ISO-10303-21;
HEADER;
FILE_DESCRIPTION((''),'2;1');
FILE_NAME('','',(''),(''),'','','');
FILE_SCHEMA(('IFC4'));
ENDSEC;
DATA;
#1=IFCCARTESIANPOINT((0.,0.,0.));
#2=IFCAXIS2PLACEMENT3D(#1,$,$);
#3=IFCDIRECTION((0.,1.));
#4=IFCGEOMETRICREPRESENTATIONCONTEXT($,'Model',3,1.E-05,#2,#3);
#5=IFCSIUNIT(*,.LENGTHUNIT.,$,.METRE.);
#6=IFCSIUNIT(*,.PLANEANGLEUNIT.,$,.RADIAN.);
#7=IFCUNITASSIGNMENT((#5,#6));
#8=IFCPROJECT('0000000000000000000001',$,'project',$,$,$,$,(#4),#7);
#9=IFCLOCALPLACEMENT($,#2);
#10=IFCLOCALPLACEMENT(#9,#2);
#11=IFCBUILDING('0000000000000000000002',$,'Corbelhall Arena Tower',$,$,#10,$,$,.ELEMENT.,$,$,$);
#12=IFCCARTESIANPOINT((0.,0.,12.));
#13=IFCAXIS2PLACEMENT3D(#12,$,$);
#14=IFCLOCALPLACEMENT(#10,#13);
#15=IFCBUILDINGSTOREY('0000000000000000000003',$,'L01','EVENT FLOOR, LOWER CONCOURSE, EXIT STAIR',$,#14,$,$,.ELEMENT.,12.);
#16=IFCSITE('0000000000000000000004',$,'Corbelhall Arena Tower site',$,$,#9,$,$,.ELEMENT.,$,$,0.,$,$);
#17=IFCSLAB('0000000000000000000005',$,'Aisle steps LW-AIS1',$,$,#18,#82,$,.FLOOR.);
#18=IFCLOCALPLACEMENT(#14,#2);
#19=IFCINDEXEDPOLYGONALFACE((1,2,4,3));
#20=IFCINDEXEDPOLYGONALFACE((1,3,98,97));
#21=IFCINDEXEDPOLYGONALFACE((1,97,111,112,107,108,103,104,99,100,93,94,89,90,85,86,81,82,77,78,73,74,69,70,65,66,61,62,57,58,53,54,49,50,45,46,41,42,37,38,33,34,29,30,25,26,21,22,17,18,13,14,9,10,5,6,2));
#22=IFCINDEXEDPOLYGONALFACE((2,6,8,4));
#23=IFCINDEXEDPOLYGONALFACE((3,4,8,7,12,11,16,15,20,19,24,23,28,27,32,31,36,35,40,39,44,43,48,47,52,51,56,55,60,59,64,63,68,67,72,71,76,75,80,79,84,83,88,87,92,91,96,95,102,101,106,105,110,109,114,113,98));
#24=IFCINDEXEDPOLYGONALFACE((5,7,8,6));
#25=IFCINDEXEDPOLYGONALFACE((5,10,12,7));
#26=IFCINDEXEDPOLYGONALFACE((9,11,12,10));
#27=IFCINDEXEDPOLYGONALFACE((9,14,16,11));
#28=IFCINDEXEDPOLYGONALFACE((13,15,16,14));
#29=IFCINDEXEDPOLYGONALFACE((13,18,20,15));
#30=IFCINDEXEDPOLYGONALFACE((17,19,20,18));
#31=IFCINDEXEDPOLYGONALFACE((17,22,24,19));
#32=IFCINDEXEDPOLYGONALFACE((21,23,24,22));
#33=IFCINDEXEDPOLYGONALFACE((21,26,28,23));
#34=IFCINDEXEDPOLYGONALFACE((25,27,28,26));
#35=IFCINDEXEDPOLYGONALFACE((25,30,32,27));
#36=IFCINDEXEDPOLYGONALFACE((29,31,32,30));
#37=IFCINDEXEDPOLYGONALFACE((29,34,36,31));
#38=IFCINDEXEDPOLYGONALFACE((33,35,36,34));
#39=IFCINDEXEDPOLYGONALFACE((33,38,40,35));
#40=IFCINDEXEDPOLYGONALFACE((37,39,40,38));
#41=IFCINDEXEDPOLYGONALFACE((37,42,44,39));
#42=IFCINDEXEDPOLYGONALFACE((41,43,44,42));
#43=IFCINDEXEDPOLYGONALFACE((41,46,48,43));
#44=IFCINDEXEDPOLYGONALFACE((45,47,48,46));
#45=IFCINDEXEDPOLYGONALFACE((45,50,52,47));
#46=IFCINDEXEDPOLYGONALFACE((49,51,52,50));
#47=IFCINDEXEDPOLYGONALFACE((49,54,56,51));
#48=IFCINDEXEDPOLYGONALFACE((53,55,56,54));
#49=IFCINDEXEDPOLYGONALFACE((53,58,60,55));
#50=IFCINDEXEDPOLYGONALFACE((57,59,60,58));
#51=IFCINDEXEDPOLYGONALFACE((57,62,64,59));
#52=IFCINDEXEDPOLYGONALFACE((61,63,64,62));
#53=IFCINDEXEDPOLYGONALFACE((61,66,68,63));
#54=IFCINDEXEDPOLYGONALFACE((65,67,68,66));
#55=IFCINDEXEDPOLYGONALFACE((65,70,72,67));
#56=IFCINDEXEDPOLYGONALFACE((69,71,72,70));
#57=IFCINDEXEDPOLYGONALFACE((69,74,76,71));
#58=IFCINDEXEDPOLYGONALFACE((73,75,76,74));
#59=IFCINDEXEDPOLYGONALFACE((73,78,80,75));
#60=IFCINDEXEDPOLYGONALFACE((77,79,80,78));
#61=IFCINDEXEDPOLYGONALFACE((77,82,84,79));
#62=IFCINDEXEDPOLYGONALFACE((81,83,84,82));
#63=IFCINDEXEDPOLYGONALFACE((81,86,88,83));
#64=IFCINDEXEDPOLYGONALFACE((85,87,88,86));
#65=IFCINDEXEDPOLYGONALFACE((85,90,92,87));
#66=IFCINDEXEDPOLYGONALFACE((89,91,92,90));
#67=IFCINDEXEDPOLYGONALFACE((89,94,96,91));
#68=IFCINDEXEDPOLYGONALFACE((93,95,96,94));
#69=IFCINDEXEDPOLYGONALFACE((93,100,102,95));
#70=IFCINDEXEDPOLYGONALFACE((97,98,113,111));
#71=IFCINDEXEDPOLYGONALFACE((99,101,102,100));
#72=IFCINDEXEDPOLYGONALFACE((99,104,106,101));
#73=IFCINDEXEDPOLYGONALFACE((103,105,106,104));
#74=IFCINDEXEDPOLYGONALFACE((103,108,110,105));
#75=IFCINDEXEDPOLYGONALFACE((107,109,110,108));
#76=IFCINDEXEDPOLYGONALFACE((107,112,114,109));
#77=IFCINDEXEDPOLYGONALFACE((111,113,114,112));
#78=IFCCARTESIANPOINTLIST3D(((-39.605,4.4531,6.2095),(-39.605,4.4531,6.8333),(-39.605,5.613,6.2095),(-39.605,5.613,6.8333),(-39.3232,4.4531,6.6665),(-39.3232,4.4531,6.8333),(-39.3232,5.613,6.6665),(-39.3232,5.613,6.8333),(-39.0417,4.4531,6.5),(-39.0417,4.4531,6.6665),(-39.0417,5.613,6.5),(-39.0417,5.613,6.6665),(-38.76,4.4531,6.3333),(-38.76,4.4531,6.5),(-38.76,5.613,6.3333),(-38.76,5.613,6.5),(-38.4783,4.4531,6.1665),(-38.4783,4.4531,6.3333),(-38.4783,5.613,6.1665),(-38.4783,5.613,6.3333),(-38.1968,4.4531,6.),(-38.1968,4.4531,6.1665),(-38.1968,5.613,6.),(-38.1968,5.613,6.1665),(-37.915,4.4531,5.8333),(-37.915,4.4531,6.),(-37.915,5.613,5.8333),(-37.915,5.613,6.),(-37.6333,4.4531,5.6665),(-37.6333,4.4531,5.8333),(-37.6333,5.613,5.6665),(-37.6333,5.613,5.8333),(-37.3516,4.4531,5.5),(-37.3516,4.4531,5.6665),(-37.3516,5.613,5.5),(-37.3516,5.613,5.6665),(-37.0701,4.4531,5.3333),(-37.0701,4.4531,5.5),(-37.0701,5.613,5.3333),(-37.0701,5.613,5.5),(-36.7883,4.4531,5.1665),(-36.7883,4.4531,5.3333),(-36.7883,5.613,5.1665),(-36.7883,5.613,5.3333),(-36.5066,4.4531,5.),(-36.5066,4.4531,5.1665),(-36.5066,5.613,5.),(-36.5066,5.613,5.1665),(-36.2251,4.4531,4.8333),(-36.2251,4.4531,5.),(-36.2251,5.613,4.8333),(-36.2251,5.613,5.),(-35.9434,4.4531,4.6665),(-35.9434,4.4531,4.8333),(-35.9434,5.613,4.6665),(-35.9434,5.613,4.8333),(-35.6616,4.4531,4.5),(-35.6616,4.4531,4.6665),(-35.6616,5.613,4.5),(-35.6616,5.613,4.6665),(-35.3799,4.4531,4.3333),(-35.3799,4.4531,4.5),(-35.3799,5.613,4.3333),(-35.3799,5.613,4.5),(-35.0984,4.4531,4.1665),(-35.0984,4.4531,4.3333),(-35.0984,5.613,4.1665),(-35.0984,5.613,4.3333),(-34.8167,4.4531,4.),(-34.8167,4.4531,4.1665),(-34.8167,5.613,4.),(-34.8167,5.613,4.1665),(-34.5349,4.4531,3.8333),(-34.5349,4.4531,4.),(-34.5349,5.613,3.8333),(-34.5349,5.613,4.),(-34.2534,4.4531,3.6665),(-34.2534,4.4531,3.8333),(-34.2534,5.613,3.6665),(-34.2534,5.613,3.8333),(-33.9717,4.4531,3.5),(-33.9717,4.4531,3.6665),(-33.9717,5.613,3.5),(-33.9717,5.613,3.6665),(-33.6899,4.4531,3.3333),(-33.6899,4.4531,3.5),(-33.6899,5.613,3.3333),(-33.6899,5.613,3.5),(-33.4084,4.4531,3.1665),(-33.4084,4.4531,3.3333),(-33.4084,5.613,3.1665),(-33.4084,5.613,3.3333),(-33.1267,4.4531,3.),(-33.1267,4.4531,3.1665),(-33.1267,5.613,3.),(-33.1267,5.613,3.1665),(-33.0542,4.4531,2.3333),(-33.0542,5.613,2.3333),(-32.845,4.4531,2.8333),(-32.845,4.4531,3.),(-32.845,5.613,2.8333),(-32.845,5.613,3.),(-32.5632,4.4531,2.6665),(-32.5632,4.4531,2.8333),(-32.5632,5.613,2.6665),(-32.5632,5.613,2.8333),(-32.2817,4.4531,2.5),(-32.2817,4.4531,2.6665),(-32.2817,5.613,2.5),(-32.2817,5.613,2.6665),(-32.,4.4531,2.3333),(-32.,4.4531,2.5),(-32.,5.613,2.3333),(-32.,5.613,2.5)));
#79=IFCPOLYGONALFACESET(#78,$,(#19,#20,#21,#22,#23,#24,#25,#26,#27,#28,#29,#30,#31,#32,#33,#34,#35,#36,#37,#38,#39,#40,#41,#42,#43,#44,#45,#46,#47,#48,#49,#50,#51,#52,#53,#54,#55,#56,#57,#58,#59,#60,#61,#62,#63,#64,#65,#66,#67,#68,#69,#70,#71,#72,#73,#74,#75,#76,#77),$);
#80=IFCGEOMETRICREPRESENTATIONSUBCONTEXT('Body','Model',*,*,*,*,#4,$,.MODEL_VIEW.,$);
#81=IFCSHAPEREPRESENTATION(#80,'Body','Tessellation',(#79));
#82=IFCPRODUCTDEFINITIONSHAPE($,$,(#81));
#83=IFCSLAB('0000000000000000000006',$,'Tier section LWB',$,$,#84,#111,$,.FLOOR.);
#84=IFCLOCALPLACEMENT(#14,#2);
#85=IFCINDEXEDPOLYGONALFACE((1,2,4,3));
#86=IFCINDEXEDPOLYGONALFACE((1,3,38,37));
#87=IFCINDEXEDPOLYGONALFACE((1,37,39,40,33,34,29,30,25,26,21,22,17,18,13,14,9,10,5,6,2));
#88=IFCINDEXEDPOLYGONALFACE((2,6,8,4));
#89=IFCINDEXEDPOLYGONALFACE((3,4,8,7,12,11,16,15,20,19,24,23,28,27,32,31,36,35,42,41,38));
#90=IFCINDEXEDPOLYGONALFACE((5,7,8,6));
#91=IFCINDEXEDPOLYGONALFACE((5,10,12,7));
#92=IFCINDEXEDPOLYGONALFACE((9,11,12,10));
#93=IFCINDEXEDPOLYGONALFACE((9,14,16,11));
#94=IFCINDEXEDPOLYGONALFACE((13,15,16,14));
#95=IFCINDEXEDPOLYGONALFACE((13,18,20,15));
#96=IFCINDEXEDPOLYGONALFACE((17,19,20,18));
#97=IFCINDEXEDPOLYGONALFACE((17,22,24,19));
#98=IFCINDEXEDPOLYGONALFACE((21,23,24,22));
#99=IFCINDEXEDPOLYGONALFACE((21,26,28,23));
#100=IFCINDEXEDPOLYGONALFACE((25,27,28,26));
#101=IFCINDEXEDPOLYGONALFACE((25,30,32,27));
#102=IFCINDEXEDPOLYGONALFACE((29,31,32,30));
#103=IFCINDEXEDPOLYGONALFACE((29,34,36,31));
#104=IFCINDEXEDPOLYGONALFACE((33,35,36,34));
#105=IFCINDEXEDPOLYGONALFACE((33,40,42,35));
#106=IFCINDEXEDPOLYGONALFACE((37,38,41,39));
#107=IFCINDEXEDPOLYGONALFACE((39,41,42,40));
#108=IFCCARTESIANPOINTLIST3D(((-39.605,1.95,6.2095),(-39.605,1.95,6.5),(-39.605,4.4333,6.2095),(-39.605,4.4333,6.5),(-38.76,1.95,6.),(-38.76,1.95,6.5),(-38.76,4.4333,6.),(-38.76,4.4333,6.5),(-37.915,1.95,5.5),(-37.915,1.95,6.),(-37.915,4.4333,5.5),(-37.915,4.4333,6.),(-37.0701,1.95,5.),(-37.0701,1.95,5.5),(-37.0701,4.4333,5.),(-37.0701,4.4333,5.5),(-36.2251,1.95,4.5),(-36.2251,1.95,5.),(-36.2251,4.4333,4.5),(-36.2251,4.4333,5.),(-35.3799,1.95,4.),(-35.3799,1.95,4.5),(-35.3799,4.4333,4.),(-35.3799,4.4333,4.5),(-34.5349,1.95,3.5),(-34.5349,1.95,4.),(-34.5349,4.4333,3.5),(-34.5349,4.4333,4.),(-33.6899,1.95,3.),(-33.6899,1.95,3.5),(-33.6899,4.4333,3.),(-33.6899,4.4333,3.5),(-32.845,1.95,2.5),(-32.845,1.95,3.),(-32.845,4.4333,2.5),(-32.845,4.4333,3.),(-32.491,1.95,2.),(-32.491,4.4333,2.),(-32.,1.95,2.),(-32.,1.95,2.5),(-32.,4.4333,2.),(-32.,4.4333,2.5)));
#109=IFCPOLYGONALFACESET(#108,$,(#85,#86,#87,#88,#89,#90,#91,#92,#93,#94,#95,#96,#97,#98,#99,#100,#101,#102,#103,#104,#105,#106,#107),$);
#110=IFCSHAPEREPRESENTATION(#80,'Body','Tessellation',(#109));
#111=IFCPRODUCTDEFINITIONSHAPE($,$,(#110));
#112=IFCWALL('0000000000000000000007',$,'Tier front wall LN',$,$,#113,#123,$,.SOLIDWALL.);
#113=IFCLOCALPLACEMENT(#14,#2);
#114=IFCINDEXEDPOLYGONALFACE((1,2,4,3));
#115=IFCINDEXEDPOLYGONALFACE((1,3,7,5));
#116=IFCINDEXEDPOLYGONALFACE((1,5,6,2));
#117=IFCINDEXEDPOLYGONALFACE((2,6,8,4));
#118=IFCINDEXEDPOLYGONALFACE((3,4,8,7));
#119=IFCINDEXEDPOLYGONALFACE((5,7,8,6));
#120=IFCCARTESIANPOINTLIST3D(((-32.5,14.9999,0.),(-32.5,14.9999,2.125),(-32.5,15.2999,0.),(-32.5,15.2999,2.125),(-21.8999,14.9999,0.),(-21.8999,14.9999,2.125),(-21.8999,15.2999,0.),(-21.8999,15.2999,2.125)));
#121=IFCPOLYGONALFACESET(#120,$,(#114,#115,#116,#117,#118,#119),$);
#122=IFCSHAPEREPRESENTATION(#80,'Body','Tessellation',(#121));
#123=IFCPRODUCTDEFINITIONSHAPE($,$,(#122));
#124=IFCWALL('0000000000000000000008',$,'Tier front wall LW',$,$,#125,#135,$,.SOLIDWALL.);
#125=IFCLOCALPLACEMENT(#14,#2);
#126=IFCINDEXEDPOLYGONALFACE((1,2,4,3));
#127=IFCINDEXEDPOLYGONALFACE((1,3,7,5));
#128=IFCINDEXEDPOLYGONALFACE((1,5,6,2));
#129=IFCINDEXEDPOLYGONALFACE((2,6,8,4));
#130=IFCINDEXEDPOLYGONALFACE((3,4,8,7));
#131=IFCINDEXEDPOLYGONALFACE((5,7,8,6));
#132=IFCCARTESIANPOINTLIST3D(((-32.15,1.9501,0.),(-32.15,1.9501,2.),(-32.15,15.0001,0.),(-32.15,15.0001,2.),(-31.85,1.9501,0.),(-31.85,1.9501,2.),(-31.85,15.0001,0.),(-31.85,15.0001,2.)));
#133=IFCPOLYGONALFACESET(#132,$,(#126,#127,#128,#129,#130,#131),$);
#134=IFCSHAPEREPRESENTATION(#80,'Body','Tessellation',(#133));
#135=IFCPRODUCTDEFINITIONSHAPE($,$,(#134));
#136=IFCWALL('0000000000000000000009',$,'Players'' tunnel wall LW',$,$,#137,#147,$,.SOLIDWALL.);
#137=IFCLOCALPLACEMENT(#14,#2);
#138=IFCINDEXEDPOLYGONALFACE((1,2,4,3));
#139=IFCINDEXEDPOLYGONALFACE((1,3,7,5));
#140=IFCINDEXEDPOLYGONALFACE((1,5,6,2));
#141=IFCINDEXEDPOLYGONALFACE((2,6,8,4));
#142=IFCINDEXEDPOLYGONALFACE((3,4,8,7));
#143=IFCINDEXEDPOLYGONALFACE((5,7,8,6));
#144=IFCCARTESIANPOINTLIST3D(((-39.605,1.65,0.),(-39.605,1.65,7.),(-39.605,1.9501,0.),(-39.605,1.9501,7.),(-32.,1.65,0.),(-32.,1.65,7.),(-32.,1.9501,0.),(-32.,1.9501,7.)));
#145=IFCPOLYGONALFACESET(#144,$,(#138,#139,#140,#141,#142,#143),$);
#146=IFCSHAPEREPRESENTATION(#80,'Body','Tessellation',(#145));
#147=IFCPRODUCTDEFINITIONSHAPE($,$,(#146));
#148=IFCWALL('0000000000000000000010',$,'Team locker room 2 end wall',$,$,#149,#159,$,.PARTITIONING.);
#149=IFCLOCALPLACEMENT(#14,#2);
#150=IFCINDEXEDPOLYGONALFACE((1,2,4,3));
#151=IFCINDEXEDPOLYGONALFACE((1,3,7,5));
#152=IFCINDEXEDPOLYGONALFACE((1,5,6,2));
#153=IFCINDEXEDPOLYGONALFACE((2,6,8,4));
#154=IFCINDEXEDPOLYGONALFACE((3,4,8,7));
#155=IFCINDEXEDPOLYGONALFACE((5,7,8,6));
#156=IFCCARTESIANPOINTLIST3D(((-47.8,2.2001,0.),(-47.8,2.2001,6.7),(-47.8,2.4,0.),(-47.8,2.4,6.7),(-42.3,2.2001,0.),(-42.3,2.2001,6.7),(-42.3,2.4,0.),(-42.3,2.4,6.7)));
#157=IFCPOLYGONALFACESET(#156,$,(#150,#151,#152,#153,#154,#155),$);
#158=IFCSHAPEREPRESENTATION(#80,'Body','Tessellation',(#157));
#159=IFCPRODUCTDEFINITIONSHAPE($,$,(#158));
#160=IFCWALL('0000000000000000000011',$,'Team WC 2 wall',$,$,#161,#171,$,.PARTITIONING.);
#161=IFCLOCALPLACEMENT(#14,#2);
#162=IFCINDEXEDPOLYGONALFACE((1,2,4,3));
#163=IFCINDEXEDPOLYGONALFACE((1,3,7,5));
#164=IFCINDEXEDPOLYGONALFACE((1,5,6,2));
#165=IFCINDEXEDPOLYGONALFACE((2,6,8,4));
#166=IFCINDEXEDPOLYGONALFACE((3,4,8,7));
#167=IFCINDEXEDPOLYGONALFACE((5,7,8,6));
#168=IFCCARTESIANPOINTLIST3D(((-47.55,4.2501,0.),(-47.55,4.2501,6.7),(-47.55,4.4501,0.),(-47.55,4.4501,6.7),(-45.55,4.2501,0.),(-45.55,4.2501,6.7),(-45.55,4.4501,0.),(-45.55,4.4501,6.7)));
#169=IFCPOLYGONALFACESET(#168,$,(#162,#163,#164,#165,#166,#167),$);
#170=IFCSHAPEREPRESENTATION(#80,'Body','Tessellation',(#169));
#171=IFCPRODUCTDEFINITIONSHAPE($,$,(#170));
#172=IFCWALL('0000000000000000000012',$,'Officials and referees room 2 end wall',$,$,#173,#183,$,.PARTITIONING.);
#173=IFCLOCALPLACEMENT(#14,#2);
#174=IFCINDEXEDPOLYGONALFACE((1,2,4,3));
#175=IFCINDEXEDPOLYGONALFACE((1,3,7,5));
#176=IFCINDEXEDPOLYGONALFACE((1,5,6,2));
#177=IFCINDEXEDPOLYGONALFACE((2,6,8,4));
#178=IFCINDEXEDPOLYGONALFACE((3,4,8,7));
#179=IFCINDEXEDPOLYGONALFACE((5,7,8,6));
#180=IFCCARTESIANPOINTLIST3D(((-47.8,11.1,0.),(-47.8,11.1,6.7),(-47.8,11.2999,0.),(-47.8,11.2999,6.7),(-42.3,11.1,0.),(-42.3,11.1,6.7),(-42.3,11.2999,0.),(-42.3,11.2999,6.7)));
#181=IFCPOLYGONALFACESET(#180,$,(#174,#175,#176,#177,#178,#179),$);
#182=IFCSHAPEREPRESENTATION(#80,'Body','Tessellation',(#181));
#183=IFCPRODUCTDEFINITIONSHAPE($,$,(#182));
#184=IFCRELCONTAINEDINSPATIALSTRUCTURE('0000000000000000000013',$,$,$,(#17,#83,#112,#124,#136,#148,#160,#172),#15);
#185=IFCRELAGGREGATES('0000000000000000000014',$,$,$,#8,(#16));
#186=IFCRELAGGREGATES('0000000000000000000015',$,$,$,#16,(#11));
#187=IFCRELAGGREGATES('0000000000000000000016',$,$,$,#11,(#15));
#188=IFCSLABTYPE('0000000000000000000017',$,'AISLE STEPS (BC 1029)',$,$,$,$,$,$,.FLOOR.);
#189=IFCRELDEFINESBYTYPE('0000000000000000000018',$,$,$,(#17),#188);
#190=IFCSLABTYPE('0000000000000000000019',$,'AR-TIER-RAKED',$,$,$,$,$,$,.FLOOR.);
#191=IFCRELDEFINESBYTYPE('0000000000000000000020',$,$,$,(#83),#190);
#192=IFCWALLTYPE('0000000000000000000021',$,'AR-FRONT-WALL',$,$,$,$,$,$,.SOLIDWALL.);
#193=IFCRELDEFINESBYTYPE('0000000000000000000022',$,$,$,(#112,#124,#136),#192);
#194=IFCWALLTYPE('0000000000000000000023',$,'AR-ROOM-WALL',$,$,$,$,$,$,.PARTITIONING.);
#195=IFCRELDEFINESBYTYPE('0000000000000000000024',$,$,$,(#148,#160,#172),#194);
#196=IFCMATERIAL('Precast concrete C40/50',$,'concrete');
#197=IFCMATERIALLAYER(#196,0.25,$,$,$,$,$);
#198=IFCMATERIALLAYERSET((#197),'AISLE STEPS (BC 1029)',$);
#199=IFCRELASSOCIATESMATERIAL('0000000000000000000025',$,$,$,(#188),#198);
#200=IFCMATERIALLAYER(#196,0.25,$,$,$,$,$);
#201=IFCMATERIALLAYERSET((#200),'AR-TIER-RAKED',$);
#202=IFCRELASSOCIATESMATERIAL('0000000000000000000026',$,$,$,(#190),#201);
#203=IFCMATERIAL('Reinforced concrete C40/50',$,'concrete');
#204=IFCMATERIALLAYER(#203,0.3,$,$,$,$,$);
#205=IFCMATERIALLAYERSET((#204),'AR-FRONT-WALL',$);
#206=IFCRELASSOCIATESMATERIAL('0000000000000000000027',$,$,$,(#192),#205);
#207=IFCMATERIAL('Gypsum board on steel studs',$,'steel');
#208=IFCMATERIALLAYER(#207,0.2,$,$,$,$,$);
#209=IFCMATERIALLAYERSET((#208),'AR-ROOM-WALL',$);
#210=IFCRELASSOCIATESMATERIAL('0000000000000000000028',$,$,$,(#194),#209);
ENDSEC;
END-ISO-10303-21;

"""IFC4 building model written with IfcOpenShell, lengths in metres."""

from ifc_helpers import new_model, si_unit, direction, frame, frame_2d, origin, place, context, subcontext, project, spatial, polyline, rectangle, outline, extrude, material, layer, layer_set, type_object, element, save


model = new_model("IFC4")

# Units and contexts
model_context = context("Model", 3, precision=1e-05, world=origin(), true_north=direction((0.0, 1.0)))
body_context = subcontext(model_context, "Body", "Model", "MODEL_VIEW")
ifc_project = project(units=[si_unit("LENGTHUNIT", "METRE"), si_unit("PLANEANGLEUNIT", "RADIAN")], contexts=[model_context])

# Site, building, storey
site_placement = place(None, origin())
site = spatial("IfcSite", under=ifc_project, at=site_placement, Name="Corbelhall Arena Tower site", CompositionType="ELEMENT", RefElevation=0.0)
building_placement = place(site_placement, origin())
building = spatial("IfcBuilding", under=site, at=building_placement, Name="Corbelhall Arena Tower", CompositionType="ELEMENT")
storey_placement = place(building_placement, frame((0.0, 0.0, 12.0)))
storey = spatial("IfcBuildingStorey", under=building, at=storey_placement, Name="L01", Description="EVENT FLOOR, LOWER CONCOURSE, EXIT STAIR", CompositionType="ELEMENT", Elevation=12.0)

# Slabs
ifc_material_1 = material(Name="Precast concrete C40/50", Category="concrete")
ifc_layer_1 = layer(ifc_material_1, 0.25)
ifc_layer_set_1 = layer_set([ifc_layer_1], Name="AISLE STEPS (BC 1029)")
slab_type_1 = type_object("IfcSlabType", Name="AISLE STEPS (BC 1029)", PredefinedType="FLOOR", material=ifc_layer_set_1)
slab_1_placement = place(storey_placement, frame((-32.0, 5.0332, 2.3333), z_axis=(0.0, 0.0, 1.0), x_axis=(-1.0, 0.0, 0.0)))
element("IfcSlab", 1, at=slab_1_placement, inside=storey, type_object=slab_type_1, Name="Aisle steps LW-AIS1", PredefinedType="FLOOR", context=body_context, shape_type="SweptSolid", body=[
    extrude(outline(polyline([(0.0, 0.0), (0.0, 0.1667), (0.2817, 0.1667), (0.2817, 0.3333), (0.5632, 0.3333), (0.5632, 0.5), (0.845, 0.5), (0.845, 0.6667), (1.1267, 0.6667), (1.1267, 0.8333), (1.4084, 0.8333), (1.4084, 1.0), (1.6899, 1.0), (1.6899, 1.1667), (1.9717, 1.1667), (1.9717, 1.3333), (2.2534, 1.3333), (2.2534, 1.5), (2.5349, 1.5), (2.5349, 1.6667), (2.8167, 1.6667), (2.8167, 1.8333), (3.0984, 1.8333), (3.0984, 2.0), (3.3799, 2.0), (3.3799, 2.1667), (3.6616, 2.1667), (3.6616, 2.3333), (3.9434, 2.3333), (3.9434, 2.5), (4.2251, 2.5), (4.2251, 2.6667), (4.5066, 2.6667), (4.5066, 2.8333), (4.7883, 2.8333), (4.7883, 3.0), (5.0701, 3.0), (5.0701, 3.1667), (5.3516, 3.1667), (5.3516, 3.3333), (5.6333, 3.3333), (5.6333, 3.5), (5.915, 3.5), (5.915, 3.6667), (6.1968, 3.6667), (6.1968, 3.8333), (6.4783, 3.8333), (6.4783, 4.0), (6.76, 4.0), (6.76, 4.1667), (7.0417, 4.1667), (7.0417, 4.3333), (7.3232, 4.3333), (7.3232, 4.5), (7.605, 4.5), (7.605, 4.6667), (7.605, 3.8762), (1.0542, 0.0), (0.0, 0.0)])), frame((0.0, 0.5801, 0.0), z_axis=(0.0, -1.0, 0.0), x_axis=(1.0, 0.0, 0.0)), (0.0, 0.0, 1.0), 1.1599),
])
ifc_layer_2 = layer(ifc_material_1, 0.25)
ifc_layer_set_2 = layer_set([ifc_layer_2], Name="AR-TIER-RAKED")
slab_type_2 = type_object("IfcSlabType", Name="AR-TIER-RAKED", PredefinedType="FLOOR", material=ifc_layer_set_2)
slab_2_placement = place(storey_placement, frame((-32.0, 3.1917, 2.0), z_axis=(0.0, 0.0, 1.0), x_axis=(-1.0, 0.0, 0.0)))
element("IfcSlab", 2, at=slab_2_placement, inside=storey, type_object=slab_type_2, Name="Tier section LWB", PredefinedType="FLOOR", context=body_context, shape_type="SweptSolid", body=[
    extrude(outline(polyline([(0.0, 0.0), (0.0, 0.5), (0.845, 0.5), (0.845, 1.0), (1.6899, 1.0), (1.6899, 1.5), (2.5349, 1.5), (2.5349, 2.0), (3.3799, 2.0), (3.3799, 2.5), (4.2251, 2.5), (4.2251, 3.0), (5.0701, 3.0), (5.0701, 3.5), (5.915, 3.5), (5.915, 4.0), (6.76, 4.0), (6.76, 4.5), (7.605, 4.5), (7.605, 5.0), (7.605, 4.2095), (0.491, 0.0), (0.0, 0.0)])), frame((0.0, 1.2417, 0.0), z_axis=(0.0, -1.0, 0.0), x_axis=(1.0, 0.0, 0.0)), (0.0, 0.0, 1.0), 2.4834),
])

# Walls
ifc_material_2 = material(Name="Reinforced concrete C40/50", Category="concrete")
ifc_layer_3 = layer(ifc_material_2, 0.3)
ifc_layer_set_3 = layer_set([ifc_layer_3], Name="AR-FRONT-WALL")
wall_type_1 = type_object("IfcWallType", Name="AR-FRONT-WALL", PredefinedType="SOLIDWALL", material=ifc_layer_set_3)
wall_1_placement = place(storey_placement, frame((-32.5, 15.1499, 0.0), z_axis=(0.0, 0.0, 1.0), x_axis=(1.0, 0.0, 0.0)))
element("IfcWall", 3, at=wall_1_placement, inside=storey, type_object=wall_type_1, Name="Tier front wall LN", PredefinedType="SOLIDWALL", context=body_context, shape_type="SweptSolid", body=[
    extrude(rectangle(XDim=10.6001, YDim=0.3, at=frame_2d((5.3, 0.0))), origin(), (0.0, 0.0, 1.0), 2.125),
])
wall_2_placement = place(storey_placement, frame((-32.0, 15.0, 0.0), z_axis=(0.0, 0.0, 1.0), x_axis=(0.0, -1.0, 0.0)))
element("IfcWall", 4, at=wall_2_placement, inside=storey, type_object=wall_type_1, Name="Tier front wall LW", PredefinedType="SOLIDWALL", context=body_context, shape_type="SweptSolid", body=[
    extrude(rectangle(XDim=13.05, YDim=0.3, at=frame_2d((6.5249, 0.0))), origin(), (0.0, 0.0, 1.0), 2.0),
])
wall_3_placement = place(storey_placement, frame((-32.0, 1.8, 0.0), z_axis=(0.0, 0.0, 1.0), x_axis=(-1.0, 0.0, 0.0)))
element("IfcWall", 5, at=wall_3_placement, inside=storey, type_object=wall_type_1, Name="Players' tunnel wall LW", PredefinedType="SOLIDWALL", context=body_context, shape_type="SweptSolid", body=[
    extrude(rectangle(XDim=7.605, YDim=0.3, at=frame_2d((3.8025, 0.0))), origin(), (0.0, 0.0, 1.0), 7.0),
])
ifc_material_3 = material(Name="Gypsum board on steel studs", Category="steel")
ifc_layer_4 = layer(ifc_material_3, 0.2)
ifc_layer_set_4 = layer_set([ifc_layer_4], Name="AR-ROOM-WALL")
wall_type_2 = type_object("IfcWallType", Name="AR-ROOM-WALL", PredefinedType="PARTITIONING", material=ifc_layer_set_4)
wall_4_placement = place(storey_placement, frame((-42.3, 2.3, 0.0), z_axis=(0.0, 0.0, 1.0), x_axis=(-1.0, 0.0, 0.0)))
element("IfcWall", 6, at=wall_4_placement, inside=storey, type_object=wall_type_2, Name="Team locker room 2 end wall", PredefinedType="PARTITIONING", context=body_context, shape_type="SweptSolid", body=[
    extrude(rectangle(XDim=5.5, YDim=0.2, at=frame_2d((2.75, 0.0))), origin(), (0.0, 0.0, 1.0), 6.7),
])
wall_5_placement = place(storey_placement, frame((-45.55, 4.3501, 0.0), z_axis=(0.0, 0.0, 1.0), x_axis=(-1.0, 0.0, 0.0)))
element("IfcWall", 7, at=wall_5_placement, inside=storey, type_object=wall_type_2, Name="Team WC 2 wall", PredefinedType="PARTITIONING", context=body_context, shape_type="SweptSolid", body=[
    extrude(rectangle(XDim=2.0, YDim=0.2, at=frame_2d((1.0, 0.0))), origin(), (0.0, 0.0, 1.0), 6.7),
])

# Wall
wall_6_placement = place(storey_placement, frame((-42.3, 11.2, 0.0), z_axis=(0.0, 0.0, 1.0), x_axis=(-1.0, 0.0, 0.0)))
element("IfcWall", 8, at=wall_6_placement, inside=storey, type_object=wall_type_2, Name="Officials and referees room 2 end wall", PredefinedType="PARTITIONING", context=body_context, shape_type="SweptSolid", body=[
    extrude(rectangle(XDim=5.5, YDim=0.2, at=frame_2d((2.75, 0.0))), origin(), (0.0, 0.0, 1.0), 6.7),
])

save(model, "model.ifc")
